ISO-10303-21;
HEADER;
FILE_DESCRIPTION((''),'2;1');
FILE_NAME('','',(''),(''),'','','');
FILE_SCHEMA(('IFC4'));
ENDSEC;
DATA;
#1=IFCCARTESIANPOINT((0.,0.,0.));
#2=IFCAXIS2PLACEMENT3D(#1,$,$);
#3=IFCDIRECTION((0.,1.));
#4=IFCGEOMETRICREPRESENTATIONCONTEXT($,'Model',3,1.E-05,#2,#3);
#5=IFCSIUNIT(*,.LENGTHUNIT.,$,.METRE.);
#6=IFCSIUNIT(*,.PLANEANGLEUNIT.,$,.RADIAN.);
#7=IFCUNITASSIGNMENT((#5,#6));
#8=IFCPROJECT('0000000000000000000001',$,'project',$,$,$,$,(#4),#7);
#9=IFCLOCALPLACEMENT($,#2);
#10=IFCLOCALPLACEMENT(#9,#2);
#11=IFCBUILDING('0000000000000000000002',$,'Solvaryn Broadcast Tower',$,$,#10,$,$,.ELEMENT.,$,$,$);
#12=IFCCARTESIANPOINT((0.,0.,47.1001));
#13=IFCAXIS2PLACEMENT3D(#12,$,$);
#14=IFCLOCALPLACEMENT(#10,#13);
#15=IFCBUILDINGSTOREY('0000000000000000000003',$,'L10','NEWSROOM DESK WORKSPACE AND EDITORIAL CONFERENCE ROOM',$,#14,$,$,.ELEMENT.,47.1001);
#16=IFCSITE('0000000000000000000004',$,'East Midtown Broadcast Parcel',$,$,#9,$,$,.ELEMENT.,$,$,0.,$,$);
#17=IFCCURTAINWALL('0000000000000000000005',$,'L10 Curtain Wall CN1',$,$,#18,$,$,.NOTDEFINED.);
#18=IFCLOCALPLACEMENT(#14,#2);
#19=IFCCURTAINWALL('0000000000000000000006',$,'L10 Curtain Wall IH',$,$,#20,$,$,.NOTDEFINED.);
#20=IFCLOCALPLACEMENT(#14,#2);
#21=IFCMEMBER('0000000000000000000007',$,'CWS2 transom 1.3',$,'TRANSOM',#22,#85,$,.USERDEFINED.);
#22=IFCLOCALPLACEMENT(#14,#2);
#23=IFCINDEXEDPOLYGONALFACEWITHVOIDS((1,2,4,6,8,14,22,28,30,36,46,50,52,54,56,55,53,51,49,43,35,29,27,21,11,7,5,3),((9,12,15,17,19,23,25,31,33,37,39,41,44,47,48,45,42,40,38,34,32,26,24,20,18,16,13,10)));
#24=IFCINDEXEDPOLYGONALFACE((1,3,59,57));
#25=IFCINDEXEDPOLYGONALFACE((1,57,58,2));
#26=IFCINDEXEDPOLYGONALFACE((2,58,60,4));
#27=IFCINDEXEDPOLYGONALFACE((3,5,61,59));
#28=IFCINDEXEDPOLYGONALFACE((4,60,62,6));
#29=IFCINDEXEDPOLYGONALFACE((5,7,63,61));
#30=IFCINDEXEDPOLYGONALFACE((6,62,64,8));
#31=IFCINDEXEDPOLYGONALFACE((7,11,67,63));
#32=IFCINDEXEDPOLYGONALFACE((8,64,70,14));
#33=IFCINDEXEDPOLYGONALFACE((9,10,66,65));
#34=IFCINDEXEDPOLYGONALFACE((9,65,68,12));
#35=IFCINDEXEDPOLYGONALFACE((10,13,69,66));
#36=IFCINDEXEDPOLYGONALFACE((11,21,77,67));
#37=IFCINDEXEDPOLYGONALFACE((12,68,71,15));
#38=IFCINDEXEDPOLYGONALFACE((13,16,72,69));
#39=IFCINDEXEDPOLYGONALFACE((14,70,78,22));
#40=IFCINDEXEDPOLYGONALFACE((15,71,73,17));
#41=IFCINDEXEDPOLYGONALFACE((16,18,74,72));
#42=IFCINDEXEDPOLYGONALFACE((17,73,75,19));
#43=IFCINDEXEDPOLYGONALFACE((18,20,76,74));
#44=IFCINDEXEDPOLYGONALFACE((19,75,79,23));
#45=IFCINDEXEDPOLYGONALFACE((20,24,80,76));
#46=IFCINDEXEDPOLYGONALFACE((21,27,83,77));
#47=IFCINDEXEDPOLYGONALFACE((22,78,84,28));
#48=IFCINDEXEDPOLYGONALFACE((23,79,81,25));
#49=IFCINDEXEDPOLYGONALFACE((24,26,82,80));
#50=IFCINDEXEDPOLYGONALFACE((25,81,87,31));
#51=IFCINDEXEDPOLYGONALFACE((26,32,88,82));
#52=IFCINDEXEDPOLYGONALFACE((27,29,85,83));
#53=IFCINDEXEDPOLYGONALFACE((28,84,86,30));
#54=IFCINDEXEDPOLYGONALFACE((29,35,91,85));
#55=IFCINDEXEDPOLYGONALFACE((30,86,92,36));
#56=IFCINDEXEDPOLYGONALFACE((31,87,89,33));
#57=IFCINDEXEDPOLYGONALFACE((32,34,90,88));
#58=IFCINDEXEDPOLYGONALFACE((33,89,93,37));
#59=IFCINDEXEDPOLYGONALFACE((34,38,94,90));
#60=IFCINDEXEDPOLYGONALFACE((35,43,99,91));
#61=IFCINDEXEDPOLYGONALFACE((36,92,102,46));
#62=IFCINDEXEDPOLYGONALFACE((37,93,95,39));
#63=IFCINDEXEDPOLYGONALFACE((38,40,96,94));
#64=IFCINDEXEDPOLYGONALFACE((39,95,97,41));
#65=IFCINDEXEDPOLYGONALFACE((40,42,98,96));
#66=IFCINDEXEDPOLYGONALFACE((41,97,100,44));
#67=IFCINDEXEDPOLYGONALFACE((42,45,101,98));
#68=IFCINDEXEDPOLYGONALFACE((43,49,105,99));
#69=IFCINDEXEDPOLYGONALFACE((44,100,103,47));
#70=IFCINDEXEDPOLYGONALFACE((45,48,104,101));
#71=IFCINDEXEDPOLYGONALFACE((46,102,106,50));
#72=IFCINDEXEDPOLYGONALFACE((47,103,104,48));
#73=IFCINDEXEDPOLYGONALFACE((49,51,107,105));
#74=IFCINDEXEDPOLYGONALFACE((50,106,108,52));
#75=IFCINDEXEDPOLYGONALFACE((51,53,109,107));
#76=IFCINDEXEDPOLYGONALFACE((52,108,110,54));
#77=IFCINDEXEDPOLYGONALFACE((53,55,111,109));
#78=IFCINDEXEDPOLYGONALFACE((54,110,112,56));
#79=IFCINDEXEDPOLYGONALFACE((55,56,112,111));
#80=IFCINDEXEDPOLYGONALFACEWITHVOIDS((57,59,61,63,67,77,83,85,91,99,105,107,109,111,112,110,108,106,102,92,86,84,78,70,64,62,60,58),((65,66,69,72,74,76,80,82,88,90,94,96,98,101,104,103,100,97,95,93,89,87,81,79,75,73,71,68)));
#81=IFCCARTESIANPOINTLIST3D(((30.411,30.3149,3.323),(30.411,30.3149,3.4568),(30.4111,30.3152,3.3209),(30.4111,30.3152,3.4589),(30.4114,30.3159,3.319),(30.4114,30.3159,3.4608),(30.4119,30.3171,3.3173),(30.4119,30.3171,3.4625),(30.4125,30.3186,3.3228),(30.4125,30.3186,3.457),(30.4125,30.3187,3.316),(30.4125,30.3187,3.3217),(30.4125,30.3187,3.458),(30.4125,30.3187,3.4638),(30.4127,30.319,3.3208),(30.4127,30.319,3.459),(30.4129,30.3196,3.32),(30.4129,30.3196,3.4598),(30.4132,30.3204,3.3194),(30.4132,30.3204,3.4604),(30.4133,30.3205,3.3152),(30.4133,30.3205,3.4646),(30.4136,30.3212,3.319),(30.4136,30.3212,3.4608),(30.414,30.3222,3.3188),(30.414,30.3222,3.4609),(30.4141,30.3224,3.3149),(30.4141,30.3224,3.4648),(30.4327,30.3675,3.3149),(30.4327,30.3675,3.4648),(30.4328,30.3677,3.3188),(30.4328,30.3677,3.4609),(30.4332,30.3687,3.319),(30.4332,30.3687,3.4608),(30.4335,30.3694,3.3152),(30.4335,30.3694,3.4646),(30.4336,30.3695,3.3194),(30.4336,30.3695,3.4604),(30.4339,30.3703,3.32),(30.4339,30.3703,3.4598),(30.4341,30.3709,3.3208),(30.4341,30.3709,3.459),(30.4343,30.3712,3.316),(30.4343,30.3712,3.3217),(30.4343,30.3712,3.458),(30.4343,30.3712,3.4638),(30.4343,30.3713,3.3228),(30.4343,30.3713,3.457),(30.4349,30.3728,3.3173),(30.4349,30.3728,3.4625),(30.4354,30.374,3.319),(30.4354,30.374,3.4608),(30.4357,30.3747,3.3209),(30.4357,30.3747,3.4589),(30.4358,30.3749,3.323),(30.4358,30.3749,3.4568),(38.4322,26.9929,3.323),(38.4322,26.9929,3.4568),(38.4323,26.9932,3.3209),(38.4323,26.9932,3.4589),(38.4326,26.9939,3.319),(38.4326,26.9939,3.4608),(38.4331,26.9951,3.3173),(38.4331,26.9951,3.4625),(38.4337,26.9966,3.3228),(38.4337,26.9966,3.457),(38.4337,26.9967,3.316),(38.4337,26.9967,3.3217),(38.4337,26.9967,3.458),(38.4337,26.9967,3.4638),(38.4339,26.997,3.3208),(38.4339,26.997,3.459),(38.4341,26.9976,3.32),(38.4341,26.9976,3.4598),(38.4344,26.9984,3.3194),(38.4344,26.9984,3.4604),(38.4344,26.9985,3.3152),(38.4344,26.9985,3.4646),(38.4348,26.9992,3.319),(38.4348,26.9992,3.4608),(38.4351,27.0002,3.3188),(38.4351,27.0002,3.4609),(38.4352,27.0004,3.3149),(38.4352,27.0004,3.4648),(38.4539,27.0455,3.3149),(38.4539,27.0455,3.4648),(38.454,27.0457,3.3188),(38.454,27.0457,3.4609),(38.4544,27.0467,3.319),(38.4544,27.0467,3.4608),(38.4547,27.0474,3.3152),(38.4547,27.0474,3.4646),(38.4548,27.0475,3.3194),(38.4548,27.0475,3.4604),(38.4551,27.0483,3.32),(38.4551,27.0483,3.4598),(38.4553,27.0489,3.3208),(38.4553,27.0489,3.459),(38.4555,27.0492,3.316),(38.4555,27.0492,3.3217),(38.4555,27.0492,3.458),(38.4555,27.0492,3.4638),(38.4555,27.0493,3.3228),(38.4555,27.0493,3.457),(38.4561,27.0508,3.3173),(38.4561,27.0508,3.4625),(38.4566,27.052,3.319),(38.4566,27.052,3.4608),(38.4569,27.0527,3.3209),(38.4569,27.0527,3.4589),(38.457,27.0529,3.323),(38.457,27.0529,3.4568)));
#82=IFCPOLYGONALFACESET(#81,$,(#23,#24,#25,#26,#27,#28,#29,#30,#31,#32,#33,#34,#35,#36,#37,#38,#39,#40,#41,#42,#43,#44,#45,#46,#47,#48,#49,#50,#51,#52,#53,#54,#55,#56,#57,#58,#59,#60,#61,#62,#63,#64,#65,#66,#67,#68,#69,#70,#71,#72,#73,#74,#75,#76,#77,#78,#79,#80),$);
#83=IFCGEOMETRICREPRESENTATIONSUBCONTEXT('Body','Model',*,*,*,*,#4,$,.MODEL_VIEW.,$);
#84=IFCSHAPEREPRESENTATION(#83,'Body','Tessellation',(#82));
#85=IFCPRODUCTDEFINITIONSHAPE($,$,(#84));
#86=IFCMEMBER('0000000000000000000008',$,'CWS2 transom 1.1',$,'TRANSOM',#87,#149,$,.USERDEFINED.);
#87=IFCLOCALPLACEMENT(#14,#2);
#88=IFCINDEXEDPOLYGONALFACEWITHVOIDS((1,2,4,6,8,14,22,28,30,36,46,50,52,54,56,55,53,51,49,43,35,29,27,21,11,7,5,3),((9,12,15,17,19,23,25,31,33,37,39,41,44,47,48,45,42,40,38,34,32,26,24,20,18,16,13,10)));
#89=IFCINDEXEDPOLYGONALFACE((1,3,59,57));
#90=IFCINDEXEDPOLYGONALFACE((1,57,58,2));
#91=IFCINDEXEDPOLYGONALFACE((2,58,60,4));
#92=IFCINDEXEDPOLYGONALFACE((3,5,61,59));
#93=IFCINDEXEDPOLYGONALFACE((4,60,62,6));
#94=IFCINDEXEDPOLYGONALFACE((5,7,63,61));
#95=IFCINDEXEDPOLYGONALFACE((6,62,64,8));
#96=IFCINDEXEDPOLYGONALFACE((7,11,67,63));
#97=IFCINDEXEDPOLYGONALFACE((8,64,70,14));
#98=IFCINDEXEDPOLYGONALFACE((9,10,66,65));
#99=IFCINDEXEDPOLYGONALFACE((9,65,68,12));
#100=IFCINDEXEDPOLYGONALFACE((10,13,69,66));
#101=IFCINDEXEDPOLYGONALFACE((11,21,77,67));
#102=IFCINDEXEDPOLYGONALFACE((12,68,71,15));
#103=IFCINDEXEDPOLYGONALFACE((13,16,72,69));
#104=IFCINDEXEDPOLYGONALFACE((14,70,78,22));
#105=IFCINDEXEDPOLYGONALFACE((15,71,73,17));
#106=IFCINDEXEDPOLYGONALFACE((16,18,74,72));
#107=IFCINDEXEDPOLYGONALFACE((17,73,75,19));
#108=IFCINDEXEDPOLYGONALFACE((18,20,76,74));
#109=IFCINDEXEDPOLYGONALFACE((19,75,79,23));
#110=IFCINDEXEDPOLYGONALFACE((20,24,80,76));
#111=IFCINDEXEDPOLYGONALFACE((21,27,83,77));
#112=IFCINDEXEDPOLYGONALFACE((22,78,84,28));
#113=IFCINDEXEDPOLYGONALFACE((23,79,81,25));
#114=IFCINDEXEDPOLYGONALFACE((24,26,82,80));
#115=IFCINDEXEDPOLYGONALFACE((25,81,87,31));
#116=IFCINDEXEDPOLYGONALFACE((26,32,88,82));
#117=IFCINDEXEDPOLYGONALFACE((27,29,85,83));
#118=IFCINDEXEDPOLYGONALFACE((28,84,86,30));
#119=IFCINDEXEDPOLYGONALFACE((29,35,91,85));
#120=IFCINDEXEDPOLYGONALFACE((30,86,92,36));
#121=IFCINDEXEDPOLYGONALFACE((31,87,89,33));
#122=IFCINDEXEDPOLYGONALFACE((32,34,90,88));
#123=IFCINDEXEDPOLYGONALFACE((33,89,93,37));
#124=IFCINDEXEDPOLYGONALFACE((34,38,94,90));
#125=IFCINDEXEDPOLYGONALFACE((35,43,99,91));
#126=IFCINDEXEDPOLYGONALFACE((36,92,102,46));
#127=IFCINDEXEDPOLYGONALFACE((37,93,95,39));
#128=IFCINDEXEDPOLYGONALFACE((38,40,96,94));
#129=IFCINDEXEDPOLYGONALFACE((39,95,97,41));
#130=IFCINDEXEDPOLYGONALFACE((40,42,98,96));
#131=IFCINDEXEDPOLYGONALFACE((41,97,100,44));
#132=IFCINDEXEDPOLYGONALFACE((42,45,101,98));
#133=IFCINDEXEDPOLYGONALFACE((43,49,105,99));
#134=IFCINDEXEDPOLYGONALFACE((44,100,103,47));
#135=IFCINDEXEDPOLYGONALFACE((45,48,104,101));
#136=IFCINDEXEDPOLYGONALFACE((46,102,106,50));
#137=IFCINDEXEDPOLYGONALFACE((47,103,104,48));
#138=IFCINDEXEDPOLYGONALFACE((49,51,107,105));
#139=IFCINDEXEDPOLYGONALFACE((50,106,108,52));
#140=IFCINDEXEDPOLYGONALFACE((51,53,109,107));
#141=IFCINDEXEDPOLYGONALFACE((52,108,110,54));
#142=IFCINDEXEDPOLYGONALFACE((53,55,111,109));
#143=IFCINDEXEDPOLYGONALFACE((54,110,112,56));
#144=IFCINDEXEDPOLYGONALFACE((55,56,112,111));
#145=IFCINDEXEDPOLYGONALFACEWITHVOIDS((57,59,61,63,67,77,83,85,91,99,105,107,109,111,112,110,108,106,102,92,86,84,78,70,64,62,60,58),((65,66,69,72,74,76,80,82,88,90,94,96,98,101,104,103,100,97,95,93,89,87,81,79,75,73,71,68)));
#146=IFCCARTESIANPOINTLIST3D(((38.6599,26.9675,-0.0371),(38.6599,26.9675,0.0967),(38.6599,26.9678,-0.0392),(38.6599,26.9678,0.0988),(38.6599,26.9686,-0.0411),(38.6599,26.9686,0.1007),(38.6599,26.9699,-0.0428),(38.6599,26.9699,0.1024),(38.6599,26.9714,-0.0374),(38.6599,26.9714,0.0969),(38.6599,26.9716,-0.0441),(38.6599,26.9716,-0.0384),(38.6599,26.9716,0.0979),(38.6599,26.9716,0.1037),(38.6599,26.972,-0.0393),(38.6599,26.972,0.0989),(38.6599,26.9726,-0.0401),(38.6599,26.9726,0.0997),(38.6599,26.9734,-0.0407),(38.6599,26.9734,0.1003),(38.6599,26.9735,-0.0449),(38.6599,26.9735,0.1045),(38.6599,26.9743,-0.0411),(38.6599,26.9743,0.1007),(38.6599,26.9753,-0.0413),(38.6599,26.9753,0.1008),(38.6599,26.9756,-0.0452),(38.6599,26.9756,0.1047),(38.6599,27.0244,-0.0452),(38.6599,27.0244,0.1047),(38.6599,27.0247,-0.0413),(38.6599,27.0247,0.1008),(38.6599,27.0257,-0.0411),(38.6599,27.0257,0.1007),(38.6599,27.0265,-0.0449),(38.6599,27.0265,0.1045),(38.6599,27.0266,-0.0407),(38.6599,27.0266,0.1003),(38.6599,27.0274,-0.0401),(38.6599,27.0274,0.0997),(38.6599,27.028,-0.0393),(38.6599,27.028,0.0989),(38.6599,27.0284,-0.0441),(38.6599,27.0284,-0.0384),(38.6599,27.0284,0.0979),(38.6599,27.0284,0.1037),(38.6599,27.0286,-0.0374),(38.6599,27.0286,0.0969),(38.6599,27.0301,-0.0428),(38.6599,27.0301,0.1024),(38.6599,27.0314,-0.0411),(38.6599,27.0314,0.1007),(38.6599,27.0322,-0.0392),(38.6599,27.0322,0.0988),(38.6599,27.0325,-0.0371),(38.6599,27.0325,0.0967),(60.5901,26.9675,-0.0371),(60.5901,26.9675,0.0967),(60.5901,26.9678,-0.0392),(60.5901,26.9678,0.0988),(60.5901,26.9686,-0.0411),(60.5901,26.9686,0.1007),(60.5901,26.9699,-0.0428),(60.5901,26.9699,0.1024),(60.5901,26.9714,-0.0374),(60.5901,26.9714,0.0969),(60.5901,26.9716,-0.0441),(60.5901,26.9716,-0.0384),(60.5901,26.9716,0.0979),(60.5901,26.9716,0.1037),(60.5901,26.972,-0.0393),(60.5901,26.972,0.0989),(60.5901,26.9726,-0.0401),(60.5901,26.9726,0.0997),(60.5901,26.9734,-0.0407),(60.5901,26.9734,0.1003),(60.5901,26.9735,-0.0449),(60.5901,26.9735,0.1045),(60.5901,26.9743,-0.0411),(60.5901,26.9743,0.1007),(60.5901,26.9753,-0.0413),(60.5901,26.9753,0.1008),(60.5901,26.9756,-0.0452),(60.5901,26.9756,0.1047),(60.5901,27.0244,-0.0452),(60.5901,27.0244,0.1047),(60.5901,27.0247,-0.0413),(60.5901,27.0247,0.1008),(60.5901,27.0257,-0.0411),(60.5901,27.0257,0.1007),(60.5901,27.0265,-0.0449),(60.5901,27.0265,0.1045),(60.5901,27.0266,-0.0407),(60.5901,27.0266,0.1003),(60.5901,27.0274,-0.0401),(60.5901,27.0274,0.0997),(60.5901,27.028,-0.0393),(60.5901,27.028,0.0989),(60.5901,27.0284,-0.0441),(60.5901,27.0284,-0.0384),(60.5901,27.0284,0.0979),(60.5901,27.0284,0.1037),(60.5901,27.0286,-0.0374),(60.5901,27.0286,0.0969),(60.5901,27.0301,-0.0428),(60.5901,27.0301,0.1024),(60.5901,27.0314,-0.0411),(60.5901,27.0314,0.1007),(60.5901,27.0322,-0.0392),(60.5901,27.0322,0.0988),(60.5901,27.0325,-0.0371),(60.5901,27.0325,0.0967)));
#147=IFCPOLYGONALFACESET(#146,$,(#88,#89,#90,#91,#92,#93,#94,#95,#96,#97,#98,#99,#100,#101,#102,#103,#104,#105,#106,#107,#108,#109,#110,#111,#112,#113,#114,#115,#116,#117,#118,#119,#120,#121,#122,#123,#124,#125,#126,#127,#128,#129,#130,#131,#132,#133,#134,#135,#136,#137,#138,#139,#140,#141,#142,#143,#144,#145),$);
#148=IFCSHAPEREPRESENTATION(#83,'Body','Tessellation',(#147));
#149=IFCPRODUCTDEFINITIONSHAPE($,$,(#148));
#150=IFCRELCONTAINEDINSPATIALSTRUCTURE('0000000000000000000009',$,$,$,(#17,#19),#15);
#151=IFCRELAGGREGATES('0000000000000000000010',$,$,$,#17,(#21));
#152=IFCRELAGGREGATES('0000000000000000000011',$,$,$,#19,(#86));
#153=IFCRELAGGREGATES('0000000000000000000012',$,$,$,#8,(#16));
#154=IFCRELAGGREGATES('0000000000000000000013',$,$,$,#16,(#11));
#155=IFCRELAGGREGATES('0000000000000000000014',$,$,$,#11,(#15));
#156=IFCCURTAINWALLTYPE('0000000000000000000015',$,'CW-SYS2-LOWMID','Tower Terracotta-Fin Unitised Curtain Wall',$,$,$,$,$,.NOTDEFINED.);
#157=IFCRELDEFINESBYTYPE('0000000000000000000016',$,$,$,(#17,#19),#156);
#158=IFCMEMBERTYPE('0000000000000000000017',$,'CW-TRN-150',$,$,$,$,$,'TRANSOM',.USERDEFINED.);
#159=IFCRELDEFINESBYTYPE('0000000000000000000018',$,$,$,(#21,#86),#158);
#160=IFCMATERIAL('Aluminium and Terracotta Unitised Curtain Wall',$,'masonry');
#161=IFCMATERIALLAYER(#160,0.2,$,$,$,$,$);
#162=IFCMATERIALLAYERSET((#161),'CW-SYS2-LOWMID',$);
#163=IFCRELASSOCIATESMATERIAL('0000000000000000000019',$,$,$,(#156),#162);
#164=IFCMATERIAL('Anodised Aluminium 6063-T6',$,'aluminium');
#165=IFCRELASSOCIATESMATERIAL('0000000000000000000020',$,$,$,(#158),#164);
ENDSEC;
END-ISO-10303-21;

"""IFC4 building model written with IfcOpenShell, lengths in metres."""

from ifc_helpers import new_model, si_unit, direction, frame, origin, origin_2d, place, context, subcontext, project, spatial, hollow_rectangle, extrude, material, layer, layer_set, material_profile, profile_set, type_object, element, aggregate, save


model = new_model("IFC4")

# Units and contexts
model_context = context("Model", 3, precision=1e-05, world=origin(), true_north=direction((0.0, 1.0)))
body_context = subcontext(model_context, "Body", "Model", "MODEL_VIEW")
ifc_project = project(units=[si_unit("LENGTHUNIT", "METRE"), si_unit("PLANEANGLEUNIT", "RADIAN")], contexts=[model_context])

# Site, building, storey
site_placement = place(None, origin())
site = spatial("IfcSite", under=ifc_project, at=site_placement, Name="East Midtown Broadcast Parcel", CompositionType="ELEMENT", RefElevation=0.0)
building_placement = place(site_placement, origin())
building = spatial("IfcBuilding", under=site, at=building_placement, Name="Solvaryn Broadcast Tower", CompositionType="ELEMENT")
storey_placement = place(building_placement, frame((0.0, 0.0, 47.1001)))
storey = spatial("IfcBuildingStorey", under=building, at=storey_placement, Name="L10", Description="NEWSROOM DESK WORKSPACE AND EDITORIAL CONFERENCE ROOM", CompositionType="ELEMENT", Elevation=47.1001)

# Curtain walls
ifc_material_1 = material(Name="Aluminium and Terracotta Unitised Curtain Wall", Category="masonry")
ifc_layer_1 = layer(ifc_material_1, 0.2)
ifc_layer_set_1 = layer_set([ifc_layer_1], Name="CW-SYS2-LOWMID")
curtain_wall_type = type_object("IfcCurtainWallType", Name="CW-SYS2-LOWMID", Description="Tower Terracotta-Fin Unitised Curtain Wall", PredefinedType="NOTDEFINED", material=ifc_layer_set_1)
curtain_wall_1_placement = place(storey_placement, origin())
curtain_wall_1 = element("IfcCurtainWall", 1, at=curtain_wall_1_placement, inside=storey, type_object=curtain_wall_type, Name="L10 Curtain Wall CN1", PredefinedType="NOTDEFINED")
curtain_wall_2_placement = place(storey_placement, origin())
curtain_wall_2 = element("IfcCurtainWall", 2, at=curtain_wall_2_placement, inside=storey, type_object=curtain_wall_type, Name="L10 Curtain Wall IH", PredefinedType="NOTDEFINED")

# Members
ifc_material_2 = material(Name="Anodised Aluminium 6063-T6", Category="aluminium")
ifc_material_profile_1 = material_profile(ifc_material_2, hollow_rectangle(XDim=0.0649, YDim=0.1499, WallThickness=0.0039, InnerFilletRadius=0.0039, OuterFilletRadius=0.0081, at=origin_2d()))
ifc_profile_set_1 = profile_set([ifc_material_profile_1], Name="Anodised Aluminium 6063-T6")
member_type_1 = type_object("IfcMemberType", Name="CW-TRN-150", ElementType="TRANSOM", PredefinedType="USERDEFINED", material=ifc_profile_set_1)
member_1_placement = place(storey_placement, frame((38.4446, 27.0229, 3.3899), z_axis=(-0.923899, 0.382636, 0.0), x_axis=(-0.382636, -0.923899, 0.0)))
member_1 = element("IfcMember", 3, at=member_1_placement, type_object=member_type_1, Name="CWS2 transom 1.3", ObjectType="TRANSOM", PredefinedType="USERDEFINED", context=body_context, shape_type="SweptSolid", body=[
    extrude(hollow_rectangle(XDim=0.0649, YDim=0.1499, WallThickness=0.0039, InnerFilletRadius=0.0039, OuterFilletRadius=0.0081, at=origin_2d()), origin(), (0.0, 0.0, 1.0), 8.6819),
])
aggregate(curtain_wall_1, [member_1])
member_2_placement = place(storey_placement, frame((38.6599, 27.0, 0.0298), z_axis=(1.0, 0.0, 0.0), x_axis=(0.0, 1.0, 0.0)))
member_2 = element("IfcMember", 4, at=member_2_placement, type_object=member_type_1, Name="CWS2 transom 1.1", ObjectType="TRANSOM", PredefinedType="USERDEFINED", context=body_context, shape_type="SweptSolid", body=[
    extrude(hollow_rectangle(XDim=0.0649, YDim=0.1499, WallThickness=0.0039, InnerFilletRadius=0.0039, OuterFilletRadius=0.0081, at=origin_2d()), origin(), (0.0, 0.0, 1.0), 21.9302),
])
aggregate(curtain_wall_2, [member_2])

save(model, "model.ifc")
